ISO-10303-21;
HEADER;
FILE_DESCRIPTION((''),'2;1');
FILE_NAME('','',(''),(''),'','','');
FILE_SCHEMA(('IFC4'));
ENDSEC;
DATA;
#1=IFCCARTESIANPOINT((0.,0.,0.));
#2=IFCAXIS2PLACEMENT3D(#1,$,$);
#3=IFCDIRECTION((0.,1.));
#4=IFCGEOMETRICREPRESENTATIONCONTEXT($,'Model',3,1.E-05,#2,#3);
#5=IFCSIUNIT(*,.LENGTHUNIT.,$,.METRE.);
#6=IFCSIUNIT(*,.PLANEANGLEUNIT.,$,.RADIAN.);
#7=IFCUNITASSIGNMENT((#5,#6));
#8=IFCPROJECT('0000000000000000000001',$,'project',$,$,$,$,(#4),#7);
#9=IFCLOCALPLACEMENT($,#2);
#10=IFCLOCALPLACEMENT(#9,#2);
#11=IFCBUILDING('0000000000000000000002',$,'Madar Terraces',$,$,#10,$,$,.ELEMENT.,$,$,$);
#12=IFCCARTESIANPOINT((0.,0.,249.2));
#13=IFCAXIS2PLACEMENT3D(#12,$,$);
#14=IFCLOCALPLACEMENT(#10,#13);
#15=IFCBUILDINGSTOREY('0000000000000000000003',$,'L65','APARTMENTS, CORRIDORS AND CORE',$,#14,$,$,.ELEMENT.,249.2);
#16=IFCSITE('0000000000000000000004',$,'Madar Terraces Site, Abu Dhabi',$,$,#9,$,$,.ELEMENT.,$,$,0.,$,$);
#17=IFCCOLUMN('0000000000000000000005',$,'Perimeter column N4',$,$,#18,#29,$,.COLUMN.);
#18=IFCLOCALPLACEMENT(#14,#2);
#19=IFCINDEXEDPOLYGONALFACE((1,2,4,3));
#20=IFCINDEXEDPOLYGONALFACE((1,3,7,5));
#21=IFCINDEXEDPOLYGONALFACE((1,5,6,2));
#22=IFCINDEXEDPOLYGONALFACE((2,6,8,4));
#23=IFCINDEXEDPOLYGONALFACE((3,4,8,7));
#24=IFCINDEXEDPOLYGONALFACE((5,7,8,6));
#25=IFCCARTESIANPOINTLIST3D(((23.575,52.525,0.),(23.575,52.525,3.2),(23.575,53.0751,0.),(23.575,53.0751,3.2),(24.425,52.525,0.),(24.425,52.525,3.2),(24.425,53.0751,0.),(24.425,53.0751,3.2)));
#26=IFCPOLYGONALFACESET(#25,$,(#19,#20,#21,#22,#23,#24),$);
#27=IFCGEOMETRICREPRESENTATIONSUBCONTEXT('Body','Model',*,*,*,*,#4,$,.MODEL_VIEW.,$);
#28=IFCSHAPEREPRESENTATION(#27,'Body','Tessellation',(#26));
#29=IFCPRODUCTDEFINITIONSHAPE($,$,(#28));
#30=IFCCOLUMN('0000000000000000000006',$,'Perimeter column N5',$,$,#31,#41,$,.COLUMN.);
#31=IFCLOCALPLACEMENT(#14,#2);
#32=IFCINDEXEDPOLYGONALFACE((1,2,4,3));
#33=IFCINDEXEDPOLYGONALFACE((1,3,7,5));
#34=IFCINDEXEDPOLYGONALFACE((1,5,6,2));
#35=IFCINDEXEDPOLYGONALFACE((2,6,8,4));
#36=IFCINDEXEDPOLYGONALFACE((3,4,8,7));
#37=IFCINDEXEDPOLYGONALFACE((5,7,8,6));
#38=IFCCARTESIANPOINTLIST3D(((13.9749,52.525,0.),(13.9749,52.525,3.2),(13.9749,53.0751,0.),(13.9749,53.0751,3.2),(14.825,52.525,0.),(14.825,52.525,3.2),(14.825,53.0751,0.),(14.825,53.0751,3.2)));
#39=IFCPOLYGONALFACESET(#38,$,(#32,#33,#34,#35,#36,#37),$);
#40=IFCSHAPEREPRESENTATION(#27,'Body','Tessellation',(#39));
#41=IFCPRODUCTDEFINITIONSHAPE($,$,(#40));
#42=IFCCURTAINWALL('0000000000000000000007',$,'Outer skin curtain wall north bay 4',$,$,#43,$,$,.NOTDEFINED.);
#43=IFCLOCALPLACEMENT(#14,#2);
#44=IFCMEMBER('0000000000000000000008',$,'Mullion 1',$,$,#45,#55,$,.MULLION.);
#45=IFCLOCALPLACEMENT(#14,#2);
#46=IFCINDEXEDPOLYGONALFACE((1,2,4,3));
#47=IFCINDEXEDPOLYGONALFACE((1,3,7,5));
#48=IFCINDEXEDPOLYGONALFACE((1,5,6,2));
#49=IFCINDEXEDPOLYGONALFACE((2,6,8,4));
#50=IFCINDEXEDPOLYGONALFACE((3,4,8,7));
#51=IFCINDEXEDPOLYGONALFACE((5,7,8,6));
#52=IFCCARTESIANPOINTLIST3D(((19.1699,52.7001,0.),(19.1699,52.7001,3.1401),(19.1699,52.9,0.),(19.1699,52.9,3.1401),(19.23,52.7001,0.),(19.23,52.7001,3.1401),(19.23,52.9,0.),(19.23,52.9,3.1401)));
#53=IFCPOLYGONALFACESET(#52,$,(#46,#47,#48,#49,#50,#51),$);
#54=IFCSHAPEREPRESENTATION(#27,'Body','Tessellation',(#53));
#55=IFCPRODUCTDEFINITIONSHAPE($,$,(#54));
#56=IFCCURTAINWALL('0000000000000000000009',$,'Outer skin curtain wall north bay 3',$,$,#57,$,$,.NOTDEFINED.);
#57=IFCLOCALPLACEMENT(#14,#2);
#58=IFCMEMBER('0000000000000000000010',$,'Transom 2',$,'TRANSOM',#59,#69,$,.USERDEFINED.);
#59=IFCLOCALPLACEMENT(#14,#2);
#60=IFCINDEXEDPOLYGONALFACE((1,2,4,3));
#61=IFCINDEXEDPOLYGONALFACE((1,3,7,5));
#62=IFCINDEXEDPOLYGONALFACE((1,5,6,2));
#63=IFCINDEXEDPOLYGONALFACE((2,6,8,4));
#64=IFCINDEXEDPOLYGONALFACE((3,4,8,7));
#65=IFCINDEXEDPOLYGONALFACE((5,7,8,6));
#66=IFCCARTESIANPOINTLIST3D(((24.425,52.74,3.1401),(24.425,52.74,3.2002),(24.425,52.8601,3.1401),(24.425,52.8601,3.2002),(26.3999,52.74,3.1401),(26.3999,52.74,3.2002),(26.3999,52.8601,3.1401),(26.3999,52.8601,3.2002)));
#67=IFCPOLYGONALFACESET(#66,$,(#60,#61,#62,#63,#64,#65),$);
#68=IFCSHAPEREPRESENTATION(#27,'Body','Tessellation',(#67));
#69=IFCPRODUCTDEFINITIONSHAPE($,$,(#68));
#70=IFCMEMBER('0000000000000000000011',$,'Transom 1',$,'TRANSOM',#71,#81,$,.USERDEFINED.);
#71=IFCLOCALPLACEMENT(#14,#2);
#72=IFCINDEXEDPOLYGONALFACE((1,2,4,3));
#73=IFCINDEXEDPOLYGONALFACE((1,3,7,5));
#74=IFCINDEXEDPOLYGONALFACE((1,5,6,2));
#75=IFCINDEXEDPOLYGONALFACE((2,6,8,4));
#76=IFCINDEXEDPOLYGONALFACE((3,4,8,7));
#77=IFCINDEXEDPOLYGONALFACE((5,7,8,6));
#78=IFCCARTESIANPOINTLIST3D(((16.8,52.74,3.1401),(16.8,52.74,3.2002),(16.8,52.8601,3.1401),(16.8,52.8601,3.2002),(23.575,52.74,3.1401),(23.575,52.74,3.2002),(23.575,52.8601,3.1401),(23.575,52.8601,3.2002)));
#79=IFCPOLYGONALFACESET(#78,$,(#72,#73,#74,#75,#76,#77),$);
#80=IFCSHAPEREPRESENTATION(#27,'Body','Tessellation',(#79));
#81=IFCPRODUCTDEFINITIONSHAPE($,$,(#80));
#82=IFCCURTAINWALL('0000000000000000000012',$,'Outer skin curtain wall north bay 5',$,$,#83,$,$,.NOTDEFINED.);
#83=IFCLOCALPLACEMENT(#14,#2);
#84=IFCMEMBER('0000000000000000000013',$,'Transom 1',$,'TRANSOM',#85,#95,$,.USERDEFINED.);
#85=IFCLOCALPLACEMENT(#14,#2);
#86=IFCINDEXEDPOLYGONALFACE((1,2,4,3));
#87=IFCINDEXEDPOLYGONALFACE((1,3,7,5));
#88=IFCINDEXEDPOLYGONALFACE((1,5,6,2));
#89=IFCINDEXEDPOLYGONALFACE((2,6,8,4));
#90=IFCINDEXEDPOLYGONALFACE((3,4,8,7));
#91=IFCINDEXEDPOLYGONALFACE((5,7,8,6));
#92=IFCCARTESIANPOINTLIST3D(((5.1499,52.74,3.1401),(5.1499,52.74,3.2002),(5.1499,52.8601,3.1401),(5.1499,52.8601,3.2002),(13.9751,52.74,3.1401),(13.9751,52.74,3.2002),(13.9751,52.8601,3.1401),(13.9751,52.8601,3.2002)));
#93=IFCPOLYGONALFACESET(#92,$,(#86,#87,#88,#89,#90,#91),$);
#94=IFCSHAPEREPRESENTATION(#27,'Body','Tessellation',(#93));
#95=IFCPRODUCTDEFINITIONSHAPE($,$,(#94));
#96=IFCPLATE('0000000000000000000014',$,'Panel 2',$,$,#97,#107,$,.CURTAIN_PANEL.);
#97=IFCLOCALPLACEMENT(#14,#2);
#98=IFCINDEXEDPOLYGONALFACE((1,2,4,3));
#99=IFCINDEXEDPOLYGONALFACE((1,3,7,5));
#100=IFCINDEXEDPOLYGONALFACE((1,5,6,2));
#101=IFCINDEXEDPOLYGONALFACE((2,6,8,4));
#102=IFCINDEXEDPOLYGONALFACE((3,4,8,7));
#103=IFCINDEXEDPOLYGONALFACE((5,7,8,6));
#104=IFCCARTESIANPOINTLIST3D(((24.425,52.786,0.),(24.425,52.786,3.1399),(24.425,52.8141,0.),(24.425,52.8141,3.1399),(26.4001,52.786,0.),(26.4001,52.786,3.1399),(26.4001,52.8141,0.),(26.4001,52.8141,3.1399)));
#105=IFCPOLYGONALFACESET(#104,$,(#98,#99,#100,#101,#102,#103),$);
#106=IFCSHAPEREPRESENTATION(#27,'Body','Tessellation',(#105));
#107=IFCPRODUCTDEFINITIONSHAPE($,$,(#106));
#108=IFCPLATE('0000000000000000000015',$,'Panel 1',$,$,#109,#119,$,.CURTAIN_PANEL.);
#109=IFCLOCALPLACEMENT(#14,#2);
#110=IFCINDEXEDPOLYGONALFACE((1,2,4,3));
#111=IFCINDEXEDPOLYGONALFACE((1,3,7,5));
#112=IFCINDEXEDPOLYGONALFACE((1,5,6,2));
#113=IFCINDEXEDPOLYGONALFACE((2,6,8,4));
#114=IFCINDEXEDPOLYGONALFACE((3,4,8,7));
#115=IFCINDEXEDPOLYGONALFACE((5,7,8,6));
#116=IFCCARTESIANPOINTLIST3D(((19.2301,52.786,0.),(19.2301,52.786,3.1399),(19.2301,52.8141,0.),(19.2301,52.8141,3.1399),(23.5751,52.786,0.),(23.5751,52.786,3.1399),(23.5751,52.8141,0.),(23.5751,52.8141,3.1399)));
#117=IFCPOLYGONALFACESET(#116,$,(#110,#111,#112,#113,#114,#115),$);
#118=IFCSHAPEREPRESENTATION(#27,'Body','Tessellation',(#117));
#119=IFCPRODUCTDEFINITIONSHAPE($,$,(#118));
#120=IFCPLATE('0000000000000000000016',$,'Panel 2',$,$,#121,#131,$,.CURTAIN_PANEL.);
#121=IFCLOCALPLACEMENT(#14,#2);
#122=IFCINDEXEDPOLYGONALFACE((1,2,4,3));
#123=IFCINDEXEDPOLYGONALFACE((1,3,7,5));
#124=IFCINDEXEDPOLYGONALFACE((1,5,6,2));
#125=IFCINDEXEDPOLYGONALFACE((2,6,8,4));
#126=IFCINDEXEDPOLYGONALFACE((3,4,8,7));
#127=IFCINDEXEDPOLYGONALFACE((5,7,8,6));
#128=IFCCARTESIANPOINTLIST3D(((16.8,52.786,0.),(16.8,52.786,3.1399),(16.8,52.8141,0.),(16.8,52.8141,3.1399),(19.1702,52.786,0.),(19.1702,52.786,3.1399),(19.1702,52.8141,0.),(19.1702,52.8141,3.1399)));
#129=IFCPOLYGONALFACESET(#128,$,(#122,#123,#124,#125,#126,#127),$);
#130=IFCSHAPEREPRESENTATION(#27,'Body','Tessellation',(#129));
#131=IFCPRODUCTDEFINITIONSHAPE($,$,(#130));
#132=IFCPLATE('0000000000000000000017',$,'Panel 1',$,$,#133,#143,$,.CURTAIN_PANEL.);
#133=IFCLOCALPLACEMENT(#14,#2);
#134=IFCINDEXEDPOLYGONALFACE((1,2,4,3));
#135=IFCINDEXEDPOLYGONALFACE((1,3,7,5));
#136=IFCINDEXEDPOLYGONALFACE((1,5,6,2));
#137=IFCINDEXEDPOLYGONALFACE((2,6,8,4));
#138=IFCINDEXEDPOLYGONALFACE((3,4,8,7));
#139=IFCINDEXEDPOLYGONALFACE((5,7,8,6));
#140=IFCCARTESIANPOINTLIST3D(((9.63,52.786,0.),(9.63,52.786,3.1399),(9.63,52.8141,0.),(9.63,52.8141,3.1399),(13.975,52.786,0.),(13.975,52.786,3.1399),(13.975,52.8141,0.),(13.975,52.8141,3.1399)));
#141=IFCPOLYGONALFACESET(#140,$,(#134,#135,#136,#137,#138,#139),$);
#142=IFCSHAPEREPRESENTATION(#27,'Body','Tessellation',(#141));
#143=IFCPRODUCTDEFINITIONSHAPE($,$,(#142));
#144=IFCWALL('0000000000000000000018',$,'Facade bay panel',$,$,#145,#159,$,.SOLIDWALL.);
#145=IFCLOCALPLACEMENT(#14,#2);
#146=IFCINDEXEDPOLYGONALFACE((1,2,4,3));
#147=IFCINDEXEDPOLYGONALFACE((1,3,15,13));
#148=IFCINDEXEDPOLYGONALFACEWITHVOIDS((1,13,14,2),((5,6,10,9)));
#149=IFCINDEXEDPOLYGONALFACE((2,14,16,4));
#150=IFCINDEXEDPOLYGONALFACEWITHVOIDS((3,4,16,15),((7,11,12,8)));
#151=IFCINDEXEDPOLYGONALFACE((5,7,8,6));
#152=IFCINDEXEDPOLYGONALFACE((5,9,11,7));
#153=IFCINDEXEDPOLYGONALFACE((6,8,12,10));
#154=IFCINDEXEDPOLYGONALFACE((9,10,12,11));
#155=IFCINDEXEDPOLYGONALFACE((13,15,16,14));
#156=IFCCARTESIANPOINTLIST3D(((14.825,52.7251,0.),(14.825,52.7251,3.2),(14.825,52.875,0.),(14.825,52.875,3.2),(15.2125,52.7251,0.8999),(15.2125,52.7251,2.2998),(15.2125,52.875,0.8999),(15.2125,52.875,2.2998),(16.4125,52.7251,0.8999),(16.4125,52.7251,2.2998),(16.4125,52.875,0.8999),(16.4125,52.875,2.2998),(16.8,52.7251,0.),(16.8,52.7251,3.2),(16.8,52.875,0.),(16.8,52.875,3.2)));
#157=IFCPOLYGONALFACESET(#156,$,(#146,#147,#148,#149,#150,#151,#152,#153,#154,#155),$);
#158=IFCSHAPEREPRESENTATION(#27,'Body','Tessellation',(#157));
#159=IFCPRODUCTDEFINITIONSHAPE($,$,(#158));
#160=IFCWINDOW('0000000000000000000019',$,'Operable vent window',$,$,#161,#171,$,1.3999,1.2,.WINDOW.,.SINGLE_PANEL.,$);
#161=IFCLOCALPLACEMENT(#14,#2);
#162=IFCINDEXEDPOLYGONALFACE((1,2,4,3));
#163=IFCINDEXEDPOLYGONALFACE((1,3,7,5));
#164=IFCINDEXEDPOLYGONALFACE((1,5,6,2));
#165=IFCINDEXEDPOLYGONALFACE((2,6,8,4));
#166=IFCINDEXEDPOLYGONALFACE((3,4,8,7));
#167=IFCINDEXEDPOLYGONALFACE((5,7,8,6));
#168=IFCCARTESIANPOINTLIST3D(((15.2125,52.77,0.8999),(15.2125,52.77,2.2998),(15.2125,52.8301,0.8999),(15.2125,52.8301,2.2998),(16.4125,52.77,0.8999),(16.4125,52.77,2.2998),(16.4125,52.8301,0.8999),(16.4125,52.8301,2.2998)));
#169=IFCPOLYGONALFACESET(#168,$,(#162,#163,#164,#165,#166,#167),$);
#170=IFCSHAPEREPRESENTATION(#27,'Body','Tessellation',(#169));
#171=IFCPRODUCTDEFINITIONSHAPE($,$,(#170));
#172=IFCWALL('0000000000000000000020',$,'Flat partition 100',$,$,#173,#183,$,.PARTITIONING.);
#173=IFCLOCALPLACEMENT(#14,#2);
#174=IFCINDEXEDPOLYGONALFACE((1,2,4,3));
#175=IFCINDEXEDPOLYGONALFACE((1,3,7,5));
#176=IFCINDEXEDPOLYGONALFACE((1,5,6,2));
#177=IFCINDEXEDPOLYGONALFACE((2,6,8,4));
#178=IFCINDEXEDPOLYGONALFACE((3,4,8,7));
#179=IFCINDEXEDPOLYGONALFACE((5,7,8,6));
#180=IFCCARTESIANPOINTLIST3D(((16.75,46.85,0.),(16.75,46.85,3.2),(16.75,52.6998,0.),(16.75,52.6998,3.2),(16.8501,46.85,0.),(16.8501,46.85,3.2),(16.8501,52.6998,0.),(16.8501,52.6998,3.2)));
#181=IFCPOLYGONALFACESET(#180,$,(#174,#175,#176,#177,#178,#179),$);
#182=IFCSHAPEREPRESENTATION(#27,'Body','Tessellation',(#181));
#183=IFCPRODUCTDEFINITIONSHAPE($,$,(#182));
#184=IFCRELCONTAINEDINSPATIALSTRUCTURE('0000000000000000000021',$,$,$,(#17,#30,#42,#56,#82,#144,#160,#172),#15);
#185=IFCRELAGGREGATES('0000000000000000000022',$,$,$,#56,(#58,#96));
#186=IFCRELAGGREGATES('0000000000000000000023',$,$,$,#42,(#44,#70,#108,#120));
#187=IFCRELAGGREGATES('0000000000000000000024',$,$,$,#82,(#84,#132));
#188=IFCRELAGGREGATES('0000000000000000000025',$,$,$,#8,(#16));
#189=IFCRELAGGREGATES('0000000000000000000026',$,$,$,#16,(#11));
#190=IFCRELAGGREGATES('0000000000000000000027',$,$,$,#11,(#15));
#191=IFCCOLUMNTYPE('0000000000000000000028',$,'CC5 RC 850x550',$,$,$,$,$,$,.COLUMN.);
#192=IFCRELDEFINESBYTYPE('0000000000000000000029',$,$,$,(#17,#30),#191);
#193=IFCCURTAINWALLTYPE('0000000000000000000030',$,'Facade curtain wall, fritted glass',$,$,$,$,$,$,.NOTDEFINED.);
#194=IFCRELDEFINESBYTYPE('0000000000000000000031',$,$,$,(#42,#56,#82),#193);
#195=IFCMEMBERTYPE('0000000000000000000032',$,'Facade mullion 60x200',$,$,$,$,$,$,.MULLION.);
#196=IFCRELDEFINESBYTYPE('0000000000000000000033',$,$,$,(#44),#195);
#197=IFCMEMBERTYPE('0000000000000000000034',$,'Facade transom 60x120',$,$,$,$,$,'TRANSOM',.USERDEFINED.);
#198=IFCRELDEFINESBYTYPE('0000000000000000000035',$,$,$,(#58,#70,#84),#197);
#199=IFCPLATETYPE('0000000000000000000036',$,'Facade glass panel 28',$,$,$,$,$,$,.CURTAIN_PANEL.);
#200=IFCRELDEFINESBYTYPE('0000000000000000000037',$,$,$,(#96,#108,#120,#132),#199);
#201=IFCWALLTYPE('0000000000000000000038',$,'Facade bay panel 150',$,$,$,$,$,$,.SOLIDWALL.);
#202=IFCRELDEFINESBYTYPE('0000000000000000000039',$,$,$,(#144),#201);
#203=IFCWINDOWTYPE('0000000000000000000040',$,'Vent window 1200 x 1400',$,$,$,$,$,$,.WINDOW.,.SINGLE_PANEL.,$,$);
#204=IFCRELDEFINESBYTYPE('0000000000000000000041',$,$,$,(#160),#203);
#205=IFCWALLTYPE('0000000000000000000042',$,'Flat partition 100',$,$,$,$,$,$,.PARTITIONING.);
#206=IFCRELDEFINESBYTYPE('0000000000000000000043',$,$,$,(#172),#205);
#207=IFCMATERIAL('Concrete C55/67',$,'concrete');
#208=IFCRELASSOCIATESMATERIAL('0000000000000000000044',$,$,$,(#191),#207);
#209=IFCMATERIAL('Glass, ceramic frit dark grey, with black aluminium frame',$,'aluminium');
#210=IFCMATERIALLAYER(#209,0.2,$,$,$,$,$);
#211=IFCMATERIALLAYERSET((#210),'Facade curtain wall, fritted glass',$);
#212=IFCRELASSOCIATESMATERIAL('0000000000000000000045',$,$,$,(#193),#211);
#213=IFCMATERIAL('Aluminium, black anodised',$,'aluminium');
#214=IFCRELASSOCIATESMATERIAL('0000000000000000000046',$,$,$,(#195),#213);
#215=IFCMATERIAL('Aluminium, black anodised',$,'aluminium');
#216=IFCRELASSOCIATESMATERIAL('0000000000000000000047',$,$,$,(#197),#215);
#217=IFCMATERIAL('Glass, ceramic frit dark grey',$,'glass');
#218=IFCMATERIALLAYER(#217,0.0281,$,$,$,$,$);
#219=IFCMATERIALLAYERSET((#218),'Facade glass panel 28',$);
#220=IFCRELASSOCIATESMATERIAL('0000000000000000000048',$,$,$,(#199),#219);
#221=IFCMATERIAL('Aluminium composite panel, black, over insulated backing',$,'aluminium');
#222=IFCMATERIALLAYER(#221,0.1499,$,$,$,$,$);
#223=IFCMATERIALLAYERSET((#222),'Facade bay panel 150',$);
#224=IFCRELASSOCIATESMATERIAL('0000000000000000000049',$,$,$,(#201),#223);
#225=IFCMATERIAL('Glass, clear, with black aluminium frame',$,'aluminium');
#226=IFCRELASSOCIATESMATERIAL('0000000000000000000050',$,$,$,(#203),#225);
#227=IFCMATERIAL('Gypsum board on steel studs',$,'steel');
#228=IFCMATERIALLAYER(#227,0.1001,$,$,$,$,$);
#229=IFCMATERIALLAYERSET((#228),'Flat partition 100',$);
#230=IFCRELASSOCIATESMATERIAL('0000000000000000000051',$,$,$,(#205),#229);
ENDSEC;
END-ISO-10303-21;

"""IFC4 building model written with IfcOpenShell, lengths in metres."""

from ifc_helpers import new_model, si_unit, direction, frame, frame_2d, origin, origin_2d, place, context, subcontext, project, spatial, rectangle, extrude, material, layer, layer_set, material_profile, profile_set, type_object, element, fill, aggregate, save


model = new_model("IFC4")

# Units and contexts
model_context = context("Model", 3, precision=1e-05, world=origin(), true_north=direction((0.0, 1.0)))
body_context = subcontext(model_context, "Body", "Model", "MODEL_VIEW")
ifc_project = project(units=[si_unit("LENGTHUNIT", "METRE"), si_unit("PLANEANGLEUNIT", "RADIAN")], contexts=[model_context])

# Site, building, storey
site_placement = place(None, origin())
site = spatial("IfcSite", under=ifc_project, at=site_placement, Name="Madar Terraces Site, Abu Dhabi", CompositionType="ELEMENT", RefElevation=0.0)
building_placement = place(site_placement, origin())
building = spatial("IfcBuilding", under=site, at=building_placement, Name="Madar Terraces", CompositionType="ELEMENT")
storey_placement = place(building_placement, frame((0.0, 0.0, 249.2)))
storey = spatial("IfcBuildingStorey", under=building, at=storey_placement, Name="L65", Description="APARTMENTS, CORRIDORS AND CORE", CompositionType="ELEMENT", Elevation=249.2)

# Columns
ifc_material_1 = material(Name="Concrete C55/67", Category="concrete")
ifc_material_profile_1 = material_profile(ifc_material_1, rectangle(XDim=0.8501, YDim=0.55, at=origin_2d()), Name="CC5 RC 850x550")
ifc_profile_set_1 = profile_set([ifc_material_profile_1], Name="Concrete C55/67")
column_type = type_object("IfcColumnType", Name="CC5 RC 850x550", PredefinedType="COLUMN", material=ifc_profile_set_1)
for number, where, z_axis, x_axis, name in (
    (1, (24.0, 52.8, 0.0), (0.0, 0.0, 1.0), (1.0, 0.0, 0.0), "Perimeter column N4"),
    (2, (14.3999, 52.8, 0.0), (0.0, 0.0, 1.0), (1.0, 0.0, 0.0), "Perimeter column N5"),
):
    element("IfcColumn", number, at=place(storey_placement, frame(where, z_axis=z_axis, x_axis=x_axis)), inside=storey, type_object=column_type, Name=name, PredefinedType="COLUMN", context=body_context, shape_type="SweptSolid", body=[
        extrude(rectangle(XDim=0.8501, YDim=0.55, at=origin_2d()), origin(), (0.0, 0.0, 1.0), 3.2),
    ])

# Curtain walls, members
ifc_material_2 = material(Name="Glass, ceramic frit dark grey, with black aluminium frame", Category="aluminium")
ifc_layer_1 = layer(ifc_material_2, 0.2)
ifc_layer_set_1 = layer_set([ifc_layer_1], Name="Facade curtain wall, fritted glass")
curtain_wall_type = type_object("IfcCurtainWallType", Name="Facade curtain wall, fritted glass", PredefinedType="NOTDEFINED", material=ifc_layer_set_1)
curtain_wall_1_placement = place(storey_placement, origin())
curtain_wall_1 = element("IfcCurtainWall", 3, at=curtain_wall_1_placement, inside=storey, type_object=curtain_wall_type, Name="Outer skin curtain wall north bay 4", PredefinedType="NOTDEFINED")
ifc_material_3 = material(Name="Aluminium, black anodised", Category="aluminium")
ifc_material_profile_2 = material_profile(ifc_material_3, rectangle(XDim=0.2, YDim=0.0601, at=origin_2d()), Name="Facade mullion 60x200")
ifc_profile_set_2 = profile_set([ifc_material_profile_2], Name="Aluminium, black anodised")
member_type_1 = type_object("IfcMemberType", Name="Facade mullion 60x200", PredefinedType="MULLION", material=ifc_profile_set_2)
member_1_placement = place(storey_placement, frame((19.2, 52.8, 0.0), z_axis=(0.0, 0.0, 1.0), x_axis=(0.0, -1.0, 0.0)))
member_1 = element("IfcMember", 4, at=member_1_placement, type_object=member_type_1, Name="Mullion 1", PredefinedType="MULLION", context=body_context, shape_type="SweptSolid", body=[
    extrude(rectangle(XDim=0.2, YDim=0.0601, at=origin_2d()), origin(), (0.0, 0.0, 1.0), 3.1401),
])
curtain_wall_2_placement = place(storey_placement, origin())
curtain_wall_2 = element("IfcCurtainWall", 5, at=curtain_wall_2_placement, inside=storey, type_object=curtain_wall_type, Name="Outer skin curtain wall north bay 3", PredefinedType="NOTDEFINED")
ifc_material_4 = material(Name="Aluminium, black anodised", Category="aluminium")
ifc_material_profile_3 = material_profile(ifc_material_4, rectangle(XDim=0.1201, YDim=0.0601, at=origin_2d()), Name="Facade transom 60x120")
ifc_profile_set_3 = profile_set([ifc_material_profile_3], Name="Aluminium, black anodised")
member_type_2 = type_object("IfcMemberType", Name="Facade transom 60x120", ElementType="TRANSOM", PredefinedType="USERDEFINED", material=ifc_profile_set_3)
member_2_placement = place(storey_placement, frame((26.3999, 52.8, 3.1702), z_axis=(-1.0, 0.0, 0.0), x_axis=(0.0, -1.0, 0.0)))
member_2 = element("IfcMember", 6, at=member_2_placement, type_object=member_type_2, Name="Transom 2", ObjectType="TRANSOM", PredefinedType="USERDEFINED", context=body_context, shape_type="SweptSolid", body=[
    extrude(rectangle(XDim=0.1201, YDim=0.0601, at=origin_2d()), origin(), (0.0, 0.0, 1.0), 1.9749),
])

# Member
member_3_placement = place(storey_placement, frame((23.575, 52.8, 3.1702), z_axis=(-1.0, 0.0, 0.0), x_axis=(0.0, -1.0, 0.0)))
member_3 = element("IfcMember", 7, at=member_3_placement, type_object=member_type_2, Name="Transom 1", ObjectType="TRANSOM", PredefinedType="USERDEFINED", context=body_context, shape_type="SweptSolid", body=[
    extrude(rectangle(XDim=0.1201, YDim=0.0601, at=origin_2d()), origin(), (0.0, 0.0, 1.0), 6.7749),
])

# Curtain wall, member
curtain_wall_3_placement = place(storey_placement, origin())
curtain_wall_3 = element("IfcCurtainWall", 8, at=curtain_wall_3_placement, inside=storey, type_object=curtain_wall_type, Name="Outer skin curtain wall north bay 5", PredefinedType="NOTDEFINED")
member_4_placement = place(storey_placement, frame((13.9751, 52.8, 3.1702), z_axis=(-1.0, 0.0, 0.0), x_axis=(0.0, -1.0, 0.0)))
member_4 = element("IfcMember", 9, at=member_4_placement, type_object=member_type_2, Name="Transom 1", ObjectType="TRANSOM", PredefinedType="USERDEFINED", context=body_context, shape_type="SweptSolid", body=[
    extrude(rectangle(XDim=0.1201, YDim=0.0601, at=origin_2d()), origin(), (0.0, 0.0, 1.0), 8.8252),
])

# Plates
ifc_material_5 = material(Name="Glass, ceramic frit dark grey", Category="glass")
ifc_layer_2 = layer(ifc_material_5, 0.0281)
ifc_layer_set_2 = layer_set([ifc_layer_2], Name="Facade glass panel 28")
plate_type = type_object("IfcPlateType", Name="Facade glass panel 28", PredefinedType="CURTAIN_PANEL", material=ifc_layer_set_2)
plate_1_placement = place(storey_placement, frame((25.4126, 52.8, 0.0), z_axis=(0.0, 0.0, 1.0), x_axis=(-1.0, 0.0, 0.0)))
plate_1 = element("IfcPlate", 10, at=plate_1_placement, type_object=plate_type, Name="Panel 2", PredefinedType="CURTAIN_PANEL", context=body_context, shape_type="SweptSolid", body=[
    extrude(rectangle(XDim=1.9751, YDim=0.0281, at=origin_2d()), origin(), (0.0, 0.0, 1.0), 3.1399),
])
aggregate(curtain_wall_2, [member_2, plate_1])
plate_2_placement = place(storey_placement, frame((21.4026, 52.8, 0.0), z_axis=(0.0, 0.0, 1.0), x_axis=(-1.0, 0.0, 0.0)))
plate_2 = element("IfcPlate", 11, at=plate_2_placement, type_object=plate_type, Name="Panel 1", PredefinedType="CURTAIN_PANEL", context=body_context, shape_type="SweptSolid", body=[
    extrude(rectangle(XDim=4.345, YDim=0.0281, at=origin_2d()), origin(), (0.0, 0.0, 1.0), 3.1399),
])
plate_3_placement = place(storey_placement, frame((17.9851, 52.8, 0.0), z_axis=(0.0, 0.0, 1.0), x_axis=(-1.0, 0.0, 0.0)))
plate_3 = element("IfcPlate", 12, at=plate_3_placement, type_object=plate_type, Name="Panel 2", PredefinedType="CURTAIN_PANEL", context=body_context, shape_type="SweptSolid", body=[
    extrude(rectangle(XDim=2.3701, YDim=0.0281, at=origin_2d()), origin(), (0.0, 0.0, 1.0), 3.1399),
])
aggregate(curtain_wall_1, [member_1, member_3, plate_2, plate_3])
plate_4_placement = place(storey_placement, frame((11.8025, 52.8, 0.0), z_axis=(0.0, 0.0, 1.0), x_axis=(-1.0, 0.0, 0.0)))
plate_4 = element("IfcPlate", 13, at=plate_4_placement, type_object=plate_type, Name="Panel 1", PredefinedType="CURTAIN_PANEL", context=body_context, shape_type="SweptSolid", body=[
    extrude(rectangle(XDim=4.345, YDim=0.0281, at=origin_2d()), origin(), (0.0, 0.0, 1.0), 3.1399),
])
aggregate(curtain_wall_3, [member_4, plate_4])

# Shared definitions
ifc_material_6 = material(Name="Aluminium composite panel, black, over insulated backing", Category="aluminium")
ifc_layer_3 = layer(ifc_material_6, 0.1499)
ifc_layer_set_3 = layer_set([ifc_layer_3], Name="Facade bay panel 150")
wall_type_1 = type_object("IfcWallType", Name="Facade bay panel 150", PredefinedType="SOLIDWALL", material=ifc_layer_set_3)

# Wall, opening, window
wall_1_placement = place(storey_placement, frame((16.8, 52.8, 0.0), z_axis=(0.0, 0.0, 1.0), x_axis=(-1.0, 0.0, 0.0)))
wall_1 = element("IfcWall", 14, at=wall_1_placement, inside=storey, type_object=wall_type_1, Name="Facade bay panel", PredefinedType="SOLIDWALL", context=body_context, shape_type="SweptSolid", body=[
    extrude(rectangle(XDim=1.9751, YDim=0.1499, at=frame_2d((0.9875, 0.0))), origin(), (0.0, 0.0, 1.0), 3.2),
])
opening_1_placement = place(wall_1_placement, frame((0.3875, 0.0, 0.8999)))
opening_1 = element("IfcOpeningElement", 15, at=opening_1_placement, cuts=wall_1, PredefinedType="OPENING", context=body_context, shape_type="SweptSolid", body=[
    extrude(rectangle(XDim=1.2, YDim=1.3999, at=frame_2d((0.6001, 0.7))), frame((0.0, 0.085, 0.0), z_axis=(0.0, -1.0, 0.0), x_axis=(1.0, 0.0, 0.0)), (0.0, 0.0, 1.0), 0.1699),
])
ifc_material_7 = material(Name="Glass, clear, with black aluminium frame", Category="aluminium")
window_type = type_object("IfcWindowType", Name="Vent window 1200 x 1400", PartitioningType="SINGLE_PANEL", PredefinedType="WINDOW", material=ifc_material_7)
window_placement = place(opening_1_placement, origin())
window = element("IfcWindow", 16, at=window_placement, inside=storey, type_object=window_type, Name="Operable vent window", OverallHeight=1.3999, OverallWidth=1.2, PartitioningType="SINGLE_PANEL", PredefinedType="WINDOW", context=body_context, shape_type="SweptSolid", body=[
    extrude(rectangle(XDim=1.2, YDim=1.3999, at=frame_2d((0.6001, 0.7))), frame((0.0, 0.03, 0.0), z_axis=(0.0, -1.0, 0.0), x_axis=(1.0, 0.0, 0.0)), (0.0, 0.0, 1.0), 0.0601),
])
fill(opening_1, window)

# Wall
ifc_material_8 = material(Name="Gypsum board on steel studs", Category="steel")
ifc_layer_4 = layer(ifc_material_8, 0.1001)
ifc_layer_set_4 = layer_set([ifc_layer_4], Name="Flat partition 100")
wall_type_2 = type_object("IfcWallType", Name="Flat partition 100", PredefinedType="PARTITIONING", material=ifc_layer_set_4)
for number, where, z_axis, x_axis, name in (
    (17, (16.8, 46.8501, 0.0), (0.0, 0.0, 1.0), (0.0, 1.0, 0.0), "Flat partition 100"),
):
    element("IfcWall", number, at=place(storey_placement, frame(where, z_axis=z_axis, x_axis=x_axis)), inside=storey, type_object=wall_type_2, Name=name, PredefinedType="PARTITIONING", context=body_context, shape_type="SweptSolid", body=[
        extrude(rectangle(XDim=5.8499, YDim=0.1001, at=frame_2d((2.9248, 0.0))), origin(), (0.0, 0.0, 1.0), 3.2),
    ])

save(model, "model.ifc")
